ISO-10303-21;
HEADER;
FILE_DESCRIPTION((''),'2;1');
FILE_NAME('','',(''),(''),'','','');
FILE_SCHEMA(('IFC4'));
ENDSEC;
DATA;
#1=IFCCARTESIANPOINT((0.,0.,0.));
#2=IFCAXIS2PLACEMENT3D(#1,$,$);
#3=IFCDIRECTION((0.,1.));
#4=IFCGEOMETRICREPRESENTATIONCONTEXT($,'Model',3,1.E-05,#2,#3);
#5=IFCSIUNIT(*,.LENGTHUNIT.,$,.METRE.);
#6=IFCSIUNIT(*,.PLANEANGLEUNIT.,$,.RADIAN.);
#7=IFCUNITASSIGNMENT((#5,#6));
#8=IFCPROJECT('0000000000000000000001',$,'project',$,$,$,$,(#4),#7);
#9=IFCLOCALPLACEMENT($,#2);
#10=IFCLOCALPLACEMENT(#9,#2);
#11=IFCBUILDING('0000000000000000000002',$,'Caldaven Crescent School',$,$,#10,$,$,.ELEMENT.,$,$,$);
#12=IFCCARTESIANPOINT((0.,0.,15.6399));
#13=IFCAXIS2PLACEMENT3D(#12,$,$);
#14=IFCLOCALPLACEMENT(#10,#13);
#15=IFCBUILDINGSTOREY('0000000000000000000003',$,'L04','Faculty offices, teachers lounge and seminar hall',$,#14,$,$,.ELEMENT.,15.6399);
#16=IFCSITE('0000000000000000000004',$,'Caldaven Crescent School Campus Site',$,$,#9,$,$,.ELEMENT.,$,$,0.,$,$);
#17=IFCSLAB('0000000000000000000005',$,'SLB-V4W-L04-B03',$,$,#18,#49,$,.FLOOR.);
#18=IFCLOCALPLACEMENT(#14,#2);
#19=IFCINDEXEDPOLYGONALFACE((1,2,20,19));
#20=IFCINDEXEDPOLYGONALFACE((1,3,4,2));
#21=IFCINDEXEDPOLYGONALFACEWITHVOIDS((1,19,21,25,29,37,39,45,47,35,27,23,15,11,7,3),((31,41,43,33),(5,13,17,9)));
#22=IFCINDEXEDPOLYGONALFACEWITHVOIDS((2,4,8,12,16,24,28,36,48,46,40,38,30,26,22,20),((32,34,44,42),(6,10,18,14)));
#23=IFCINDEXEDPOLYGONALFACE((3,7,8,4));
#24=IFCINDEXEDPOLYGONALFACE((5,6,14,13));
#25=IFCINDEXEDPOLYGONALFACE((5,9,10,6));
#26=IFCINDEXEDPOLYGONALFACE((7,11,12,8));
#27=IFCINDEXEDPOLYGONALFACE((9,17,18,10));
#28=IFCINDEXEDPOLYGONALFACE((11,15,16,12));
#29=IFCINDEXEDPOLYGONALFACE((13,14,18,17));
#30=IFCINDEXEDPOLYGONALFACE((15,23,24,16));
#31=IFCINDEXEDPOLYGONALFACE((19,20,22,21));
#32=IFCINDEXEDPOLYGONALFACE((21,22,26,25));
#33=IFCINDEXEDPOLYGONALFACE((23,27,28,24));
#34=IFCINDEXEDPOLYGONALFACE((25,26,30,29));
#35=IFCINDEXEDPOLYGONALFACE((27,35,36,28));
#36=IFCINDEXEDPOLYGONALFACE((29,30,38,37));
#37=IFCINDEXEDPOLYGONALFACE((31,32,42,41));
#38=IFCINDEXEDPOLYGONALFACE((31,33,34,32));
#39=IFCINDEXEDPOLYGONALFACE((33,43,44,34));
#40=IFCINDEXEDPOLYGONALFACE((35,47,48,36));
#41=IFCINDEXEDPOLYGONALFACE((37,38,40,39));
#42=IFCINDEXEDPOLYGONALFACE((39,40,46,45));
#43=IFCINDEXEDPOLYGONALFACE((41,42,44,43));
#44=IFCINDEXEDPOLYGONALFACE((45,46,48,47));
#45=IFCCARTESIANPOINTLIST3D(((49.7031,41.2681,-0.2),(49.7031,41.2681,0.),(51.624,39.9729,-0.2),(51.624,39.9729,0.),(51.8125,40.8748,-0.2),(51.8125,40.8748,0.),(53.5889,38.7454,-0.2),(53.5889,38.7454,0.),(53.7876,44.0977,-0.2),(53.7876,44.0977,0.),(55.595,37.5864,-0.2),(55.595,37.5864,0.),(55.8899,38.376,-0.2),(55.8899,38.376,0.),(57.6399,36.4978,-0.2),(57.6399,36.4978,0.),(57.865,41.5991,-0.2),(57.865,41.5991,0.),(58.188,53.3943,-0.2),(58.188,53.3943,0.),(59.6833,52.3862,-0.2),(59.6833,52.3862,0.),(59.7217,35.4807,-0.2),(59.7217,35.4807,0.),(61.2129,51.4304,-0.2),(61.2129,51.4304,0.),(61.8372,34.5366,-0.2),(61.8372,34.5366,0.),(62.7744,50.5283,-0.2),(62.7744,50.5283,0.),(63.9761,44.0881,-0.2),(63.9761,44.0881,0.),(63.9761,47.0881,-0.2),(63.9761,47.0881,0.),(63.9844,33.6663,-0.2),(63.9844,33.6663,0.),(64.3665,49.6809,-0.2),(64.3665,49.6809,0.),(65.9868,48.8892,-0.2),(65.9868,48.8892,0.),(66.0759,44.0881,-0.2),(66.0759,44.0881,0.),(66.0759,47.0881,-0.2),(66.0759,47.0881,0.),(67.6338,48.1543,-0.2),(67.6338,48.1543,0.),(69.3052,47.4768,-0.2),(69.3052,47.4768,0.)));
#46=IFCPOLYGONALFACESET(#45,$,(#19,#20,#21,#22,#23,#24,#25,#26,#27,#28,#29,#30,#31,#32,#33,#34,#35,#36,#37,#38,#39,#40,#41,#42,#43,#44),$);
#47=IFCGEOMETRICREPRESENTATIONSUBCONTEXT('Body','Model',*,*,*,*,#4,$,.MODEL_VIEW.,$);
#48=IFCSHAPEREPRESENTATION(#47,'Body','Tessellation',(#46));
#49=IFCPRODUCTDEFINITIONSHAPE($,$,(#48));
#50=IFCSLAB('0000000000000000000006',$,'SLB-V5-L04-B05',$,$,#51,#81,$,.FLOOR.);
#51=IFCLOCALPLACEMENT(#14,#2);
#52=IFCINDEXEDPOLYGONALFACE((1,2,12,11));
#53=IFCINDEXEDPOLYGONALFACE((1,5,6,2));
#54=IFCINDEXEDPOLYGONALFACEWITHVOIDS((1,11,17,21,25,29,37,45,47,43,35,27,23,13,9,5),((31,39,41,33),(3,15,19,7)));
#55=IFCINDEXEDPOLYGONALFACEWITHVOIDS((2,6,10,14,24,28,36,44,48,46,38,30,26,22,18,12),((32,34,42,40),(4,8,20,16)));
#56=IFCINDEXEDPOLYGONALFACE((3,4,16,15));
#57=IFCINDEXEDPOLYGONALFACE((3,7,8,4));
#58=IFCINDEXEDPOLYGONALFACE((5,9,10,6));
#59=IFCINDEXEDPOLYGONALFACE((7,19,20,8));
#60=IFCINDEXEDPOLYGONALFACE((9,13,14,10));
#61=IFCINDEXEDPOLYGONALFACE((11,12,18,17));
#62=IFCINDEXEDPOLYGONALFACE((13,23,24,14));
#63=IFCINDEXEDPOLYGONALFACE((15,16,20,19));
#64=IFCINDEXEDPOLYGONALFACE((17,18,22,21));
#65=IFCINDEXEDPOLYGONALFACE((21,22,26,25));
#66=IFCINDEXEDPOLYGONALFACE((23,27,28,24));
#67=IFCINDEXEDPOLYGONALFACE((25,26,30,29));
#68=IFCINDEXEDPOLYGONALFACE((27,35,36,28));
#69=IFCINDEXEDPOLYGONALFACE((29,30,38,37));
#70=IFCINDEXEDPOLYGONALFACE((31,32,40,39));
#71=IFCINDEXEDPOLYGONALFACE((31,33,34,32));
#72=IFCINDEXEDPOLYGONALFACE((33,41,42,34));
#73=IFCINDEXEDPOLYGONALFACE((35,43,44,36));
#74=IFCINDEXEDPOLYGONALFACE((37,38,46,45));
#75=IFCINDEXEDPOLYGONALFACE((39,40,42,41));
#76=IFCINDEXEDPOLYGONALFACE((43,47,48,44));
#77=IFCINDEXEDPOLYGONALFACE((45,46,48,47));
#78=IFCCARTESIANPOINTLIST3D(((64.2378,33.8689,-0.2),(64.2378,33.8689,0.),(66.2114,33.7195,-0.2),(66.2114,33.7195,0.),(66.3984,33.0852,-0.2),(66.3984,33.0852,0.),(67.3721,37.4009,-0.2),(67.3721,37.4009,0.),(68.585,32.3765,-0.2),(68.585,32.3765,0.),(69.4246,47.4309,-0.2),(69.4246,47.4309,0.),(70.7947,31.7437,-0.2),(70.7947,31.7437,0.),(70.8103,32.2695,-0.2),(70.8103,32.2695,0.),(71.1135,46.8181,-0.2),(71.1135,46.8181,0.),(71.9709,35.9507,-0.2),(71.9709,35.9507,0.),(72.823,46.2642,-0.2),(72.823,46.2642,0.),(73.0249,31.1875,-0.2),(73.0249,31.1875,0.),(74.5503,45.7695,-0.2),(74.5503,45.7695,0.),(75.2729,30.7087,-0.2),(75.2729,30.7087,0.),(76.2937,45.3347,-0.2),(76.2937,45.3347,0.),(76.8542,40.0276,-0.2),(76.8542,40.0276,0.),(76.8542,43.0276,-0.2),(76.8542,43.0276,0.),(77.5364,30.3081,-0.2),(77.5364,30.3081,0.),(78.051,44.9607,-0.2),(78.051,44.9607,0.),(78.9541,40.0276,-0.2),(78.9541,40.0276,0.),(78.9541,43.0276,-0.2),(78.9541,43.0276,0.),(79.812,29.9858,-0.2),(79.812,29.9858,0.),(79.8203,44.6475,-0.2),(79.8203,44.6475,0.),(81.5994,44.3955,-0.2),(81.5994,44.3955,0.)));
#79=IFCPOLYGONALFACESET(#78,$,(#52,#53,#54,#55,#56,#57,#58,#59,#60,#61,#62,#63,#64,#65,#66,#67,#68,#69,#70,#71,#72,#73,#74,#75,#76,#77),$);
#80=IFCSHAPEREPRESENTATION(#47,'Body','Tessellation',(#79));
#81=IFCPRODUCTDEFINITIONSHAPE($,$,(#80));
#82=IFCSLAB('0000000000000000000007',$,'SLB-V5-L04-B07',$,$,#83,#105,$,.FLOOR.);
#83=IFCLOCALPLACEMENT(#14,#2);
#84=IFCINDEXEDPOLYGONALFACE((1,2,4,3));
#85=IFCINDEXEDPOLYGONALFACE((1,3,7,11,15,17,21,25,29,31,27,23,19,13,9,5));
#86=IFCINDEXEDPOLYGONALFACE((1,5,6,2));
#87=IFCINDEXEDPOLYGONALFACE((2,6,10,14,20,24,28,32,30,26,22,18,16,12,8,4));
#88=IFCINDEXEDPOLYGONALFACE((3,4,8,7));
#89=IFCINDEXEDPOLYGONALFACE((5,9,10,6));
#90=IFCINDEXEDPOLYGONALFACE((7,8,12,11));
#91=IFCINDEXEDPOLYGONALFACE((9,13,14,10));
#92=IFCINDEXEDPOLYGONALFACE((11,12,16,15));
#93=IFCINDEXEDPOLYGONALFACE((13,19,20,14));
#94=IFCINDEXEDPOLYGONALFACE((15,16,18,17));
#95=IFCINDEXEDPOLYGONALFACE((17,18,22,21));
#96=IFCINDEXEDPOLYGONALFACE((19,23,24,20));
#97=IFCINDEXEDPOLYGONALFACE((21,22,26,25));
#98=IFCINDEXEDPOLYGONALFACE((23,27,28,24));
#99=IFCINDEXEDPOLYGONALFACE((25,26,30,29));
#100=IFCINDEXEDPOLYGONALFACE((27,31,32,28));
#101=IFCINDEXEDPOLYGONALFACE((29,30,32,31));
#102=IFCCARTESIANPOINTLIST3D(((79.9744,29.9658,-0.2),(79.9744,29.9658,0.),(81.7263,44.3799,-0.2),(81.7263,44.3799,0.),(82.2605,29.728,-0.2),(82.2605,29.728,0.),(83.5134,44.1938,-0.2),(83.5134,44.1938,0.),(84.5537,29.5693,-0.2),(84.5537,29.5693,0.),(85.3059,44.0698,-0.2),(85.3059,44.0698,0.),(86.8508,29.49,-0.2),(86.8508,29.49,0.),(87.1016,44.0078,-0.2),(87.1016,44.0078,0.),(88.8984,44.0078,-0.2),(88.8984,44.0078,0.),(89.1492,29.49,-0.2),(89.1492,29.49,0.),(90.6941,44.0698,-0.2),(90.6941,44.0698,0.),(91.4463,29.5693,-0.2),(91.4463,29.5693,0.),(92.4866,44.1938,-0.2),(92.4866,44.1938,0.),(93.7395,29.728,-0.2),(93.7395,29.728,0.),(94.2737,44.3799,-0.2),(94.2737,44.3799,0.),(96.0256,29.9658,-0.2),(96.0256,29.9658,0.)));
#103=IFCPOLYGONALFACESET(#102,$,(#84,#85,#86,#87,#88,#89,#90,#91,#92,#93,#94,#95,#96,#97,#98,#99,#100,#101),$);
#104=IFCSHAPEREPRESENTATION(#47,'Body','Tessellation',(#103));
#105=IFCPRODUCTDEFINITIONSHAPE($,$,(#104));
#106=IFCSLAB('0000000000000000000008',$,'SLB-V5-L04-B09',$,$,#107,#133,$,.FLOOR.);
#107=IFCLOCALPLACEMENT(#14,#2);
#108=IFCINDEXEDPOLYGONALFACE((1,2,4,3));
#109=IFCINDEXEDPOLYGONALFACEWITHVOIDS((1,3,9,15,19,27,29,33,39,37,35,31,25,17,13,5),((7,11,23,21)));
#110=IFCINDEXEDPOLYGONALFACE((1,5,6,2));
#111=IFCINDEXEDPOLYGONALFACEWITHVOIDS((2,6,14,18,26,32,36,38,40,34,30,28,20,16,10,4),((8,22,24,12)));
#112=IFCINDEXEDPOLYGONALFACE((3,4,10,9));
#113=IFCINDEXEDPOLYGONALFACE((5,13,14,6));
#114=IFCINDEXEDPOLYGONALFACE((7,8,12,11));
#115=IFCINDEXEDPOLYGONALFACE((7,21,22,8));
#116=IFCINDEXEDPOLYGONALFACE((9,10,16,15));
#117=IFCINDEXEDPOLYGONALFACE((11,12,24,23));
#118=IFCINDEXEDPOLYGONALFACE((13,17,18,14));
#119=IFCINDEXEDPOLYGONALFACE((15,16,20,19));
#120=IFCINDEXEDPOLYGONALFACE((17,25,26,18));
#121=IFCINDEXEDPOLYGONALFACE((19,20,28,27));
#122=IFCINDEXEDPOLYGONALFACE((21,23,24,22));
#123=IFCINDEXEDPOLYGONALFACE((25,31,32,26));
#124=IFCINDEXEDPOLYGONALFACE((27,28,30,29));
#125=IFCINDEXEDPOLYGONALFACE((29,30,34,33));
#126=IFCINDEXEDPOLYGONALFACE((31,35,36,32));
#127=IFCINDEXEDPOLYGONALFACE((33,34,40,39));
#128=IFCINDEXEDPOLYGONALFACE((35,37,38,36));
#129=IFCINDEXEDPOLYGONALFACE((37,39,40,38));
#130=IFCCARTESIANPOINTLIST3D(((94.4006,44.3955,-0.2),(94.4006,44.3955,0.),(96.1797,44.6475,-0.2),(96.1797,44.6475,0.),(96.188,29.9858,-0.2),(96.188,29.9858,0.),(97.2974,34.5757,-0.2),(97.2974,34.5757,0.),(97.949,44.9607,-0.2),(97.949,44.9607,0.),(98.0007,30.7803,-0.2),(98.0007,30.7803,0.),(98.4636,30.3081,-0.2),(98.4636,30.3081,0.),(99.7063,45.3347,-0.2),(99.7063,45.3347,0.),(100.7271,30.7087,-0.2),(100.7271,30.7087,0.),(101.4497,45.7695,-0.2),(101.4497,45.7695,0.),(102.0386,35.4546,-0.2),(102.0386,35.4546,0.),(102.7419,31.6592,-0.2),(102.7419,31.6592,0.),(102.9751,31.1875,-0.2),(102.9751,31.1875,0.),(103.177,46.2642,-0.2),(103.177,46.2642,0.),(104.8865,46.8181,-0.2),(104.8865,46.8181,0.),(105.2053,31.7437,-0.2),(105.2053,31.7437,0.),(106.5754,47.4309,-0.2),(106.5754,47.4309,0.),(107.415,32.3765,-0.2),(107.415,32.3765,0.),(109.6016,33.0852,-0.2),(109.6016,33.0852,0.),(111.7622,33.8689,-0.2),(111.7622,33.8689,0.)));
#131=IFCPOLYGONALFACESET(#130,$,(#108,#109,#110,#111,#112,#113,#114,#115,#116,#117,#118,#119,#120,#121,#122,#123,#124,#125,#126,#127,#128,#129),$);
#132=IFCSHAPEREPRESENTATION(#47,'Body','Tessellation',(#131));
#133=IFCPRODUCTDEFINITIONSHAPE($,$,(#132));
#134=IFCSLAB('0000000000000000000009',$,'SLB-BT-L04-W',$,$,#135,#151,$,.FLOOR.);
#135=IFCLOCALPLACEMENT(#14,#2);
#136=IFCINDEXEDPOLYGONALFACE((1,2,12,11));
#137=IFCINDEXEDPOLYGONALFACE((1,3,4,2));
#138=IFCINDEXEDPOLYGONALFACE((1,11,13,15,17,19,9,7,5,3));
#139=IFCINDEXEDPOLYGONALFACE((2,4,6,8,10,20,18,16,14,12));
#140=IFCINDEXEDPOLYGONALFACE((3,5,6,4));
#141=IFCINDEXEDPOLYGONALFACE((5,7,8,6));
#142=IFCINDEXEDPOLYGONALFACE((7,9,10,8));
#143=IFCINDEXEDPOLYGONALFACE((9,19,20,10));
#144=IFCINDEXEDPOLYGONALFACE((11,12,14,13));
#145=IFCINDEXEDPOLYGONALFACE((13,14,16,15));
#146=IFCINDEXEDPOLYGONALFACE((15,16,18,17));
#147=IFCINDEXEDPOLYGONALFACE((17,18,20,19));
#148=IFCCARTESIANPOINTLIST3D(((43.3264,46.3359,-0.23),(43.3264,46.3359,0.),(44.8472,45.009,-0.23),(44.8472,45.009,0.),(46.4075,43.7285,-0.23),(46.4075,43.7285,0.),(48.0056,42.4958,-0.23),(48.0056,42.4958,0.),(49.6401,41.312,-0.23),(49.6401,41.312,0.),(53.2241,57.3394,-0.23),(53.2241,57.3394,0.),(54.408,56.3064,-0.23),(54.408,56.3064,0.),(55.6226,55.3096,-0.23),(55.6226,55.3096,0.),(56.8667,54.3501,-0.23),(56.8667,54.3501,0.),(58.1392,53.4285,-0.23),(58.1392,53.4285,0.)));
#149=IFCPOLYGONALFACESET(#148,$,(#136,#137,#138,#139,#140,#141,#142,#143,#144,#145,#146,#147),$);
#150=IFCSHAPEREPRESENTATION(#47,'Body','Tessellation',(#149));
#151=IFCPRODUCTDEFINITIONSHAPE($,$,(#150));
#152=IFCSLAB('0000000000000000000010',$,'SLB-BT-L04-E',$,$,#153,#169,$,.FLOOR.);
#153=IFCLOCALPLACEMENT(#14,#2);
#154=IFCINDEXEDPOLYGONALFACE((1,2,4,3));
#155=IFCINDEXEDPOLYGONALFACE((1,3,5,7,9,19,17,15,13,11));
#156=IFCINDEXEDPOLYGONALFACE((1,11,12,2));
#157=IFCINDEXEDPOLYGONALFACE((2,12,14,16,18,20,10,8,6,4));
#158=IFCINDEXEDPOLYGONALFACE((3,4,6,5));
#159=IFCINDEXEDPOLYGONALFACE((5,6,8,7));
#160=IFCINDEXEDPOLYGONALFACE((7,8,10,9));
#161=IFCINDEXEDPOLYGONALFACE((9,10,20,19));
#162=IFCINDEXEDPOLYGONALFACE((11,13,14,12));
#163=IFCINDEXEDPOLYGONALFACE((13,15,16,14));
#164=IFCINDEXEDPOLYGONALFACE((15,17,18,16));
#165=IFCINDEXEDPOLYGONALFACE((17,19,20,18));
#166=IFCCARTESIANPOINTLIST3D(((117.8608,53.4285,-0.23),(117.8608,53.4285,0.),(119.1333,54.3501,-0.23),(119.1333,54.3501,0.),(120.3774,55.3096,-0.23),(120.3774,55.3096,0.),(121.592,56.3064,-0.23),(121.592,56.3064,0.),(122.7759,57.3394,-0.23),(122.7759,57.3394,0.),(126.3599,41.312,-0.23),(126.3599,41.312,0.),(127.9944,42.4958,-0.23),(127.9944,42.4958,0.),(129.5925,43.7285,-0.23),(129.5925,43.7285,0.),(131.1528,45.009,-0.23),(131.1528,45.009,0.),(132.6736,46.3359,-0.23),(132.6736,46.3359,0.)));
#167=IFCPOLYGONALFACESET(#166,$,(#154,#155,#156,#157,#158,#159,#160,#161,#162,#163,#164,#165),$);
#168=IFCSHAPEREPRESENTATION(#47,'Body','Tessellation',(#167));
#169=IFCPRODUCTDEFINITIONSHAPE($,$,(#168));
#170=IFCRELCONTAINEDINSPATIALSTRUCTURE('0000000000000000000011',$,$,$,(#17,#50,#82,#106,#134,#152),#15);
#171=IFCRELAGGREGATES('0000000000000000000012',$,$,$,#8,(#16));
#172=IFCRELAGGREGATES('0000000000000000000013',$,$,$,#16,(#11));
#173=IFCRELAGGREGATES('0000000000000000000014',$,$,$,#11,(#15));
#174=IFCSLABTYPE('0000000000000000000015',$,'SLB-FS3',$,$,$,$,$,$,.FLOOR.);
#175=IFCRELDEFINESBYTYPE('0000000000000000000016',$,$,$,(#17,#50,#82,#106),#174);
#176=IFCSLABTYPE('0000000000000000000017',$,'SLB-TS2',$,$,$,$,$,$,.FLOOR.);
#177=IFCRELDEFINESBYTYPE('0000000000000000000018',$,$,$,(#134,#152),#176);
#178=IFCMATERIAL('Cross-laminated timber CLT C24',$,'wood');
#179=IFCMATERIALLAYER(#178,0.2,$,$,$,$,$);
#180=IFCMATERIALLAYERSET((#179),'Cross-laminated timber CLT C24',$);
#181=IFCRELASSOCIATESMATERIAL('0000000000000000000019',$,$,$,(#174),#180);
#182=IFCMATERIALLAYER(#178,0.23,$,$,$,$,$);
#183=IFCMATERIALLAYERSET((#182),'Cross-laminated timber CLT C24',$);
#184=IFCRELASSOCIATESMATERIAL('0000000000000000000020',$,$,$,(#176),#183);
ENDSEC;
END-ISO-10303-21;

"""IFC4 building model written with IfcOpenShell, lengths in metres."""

from ifc_helpers import new_model, si_unit, direction, frame, origin, place, context, subcontext, project, spatial, polyline, outline, extrude, material, layer, layer_set, type_object, element, save


model = new_model("IFC4")

# Units and contexts
model_context = context("Model", 3, precision=1e-05, world=origin(), true_north=direction((0.0, 1.0)))
body_context = subcontext(model_context, "Body", "Model", "MODEL_VIEW")
ifc_project = project(units=[si_unit("LENGTHUNIT", "METRE"), si_unit("PLANEANGLEUNIT", "RADIAN")], contexts=[model_context])

# Site, building, storey
site_placement = place(None, origin())
site = spatial("IfcSite", under=ifc_project, at=site_placement, Name="Caldaven Crescent School Campus Site", CompositionType="ELEMENT", RefElevation=0.0)
building_placement = place(site_placement, origin())
building = spatial("IfcBuilding", under=site, at=building_placement, Name="Caldaven Crescent School", CompositionType="ELEMENT")
storey_placement = place(building_placement, frame((0.0, 0.0, 15.6399)))
storey = spatial("IfcBuildingStorey", under=building, at=storey_placement, Name="L04", Description="Faculty offices, teachers lounge and seminar hall", CompositionType="ELEMENT", Elevation=15.6399)

# Slabs
ifc_material_1 = material(Name="Cross-laminated timber CLT C24", Category="wood")
ifc_layer_1 = layer(ifc_material_1, 0.2)
ifc_layer_set_1 = layer_set([ifc_layer_1], Name="Cross-laminated timber CLT C24")
slab_type_1 = type_object("IfcSlabType", Name="SLB-FS3", PredefinedType="FLOOR", material=ifc_layer_set_1)
slab_1_placement = place(storey_placement, frame((0.0, 0.0, -0.2)))
element("IfcSlab", 1, at=slab_1_placement, inside=storey, type_object=slab_type_1, Name="SLB-V4W-L04-B03", PredefinedType="FLOOR", context=body_context, shape_type="SweptSolid", body=[
    extrude(outline(polyline([(49.7031, 41.2681), (51.624, 39.9729), (53.5889, 38.7454), (55.595, 37.5864), (57.6399, 36.4978), (59.7217, 35.4807), (61.8372, 34.5366), (63.9844, 33.6663), (69.3052, 47.4768), (67.6338, 48.1543), (65.9868, 48.8892), (64.3665, 49.6809), (62.7744, 50.5283), (61.2129, 51.4304), (59.6833, 52.3862), (58.188, 53.3943), (49.7031, 41.2681)]), holes=[polyline([(63.9761, 44.0881), (63.9761, 47.0881), (66.0759, 47.0881), (66.0759, 44.0881), (63.9761, 44.0881)]), polyline([(51.8125, 40.8748), (53.7876, 44.0977), (57.865, 41.5991), (55.8899, 38.376), (51.8125, 40.8748)])]), origin(), (0.0, 0.0, 1.0), 0.2),
])
slab_2_placement = place(storey_placement, frame((0.0, 0.0, -0.2)))
element("IfcSlab", 2, at=slab_2_placement, inside=storey, type_object=slab_type_1, Name="SLB-V5-L04-B05", PredefinedType="FLOOR", context=body_context, shape_type="SweptSolid", body=[
    extrude(outline(polyline([(64.2378, 33.8689), (66.3984, 33.0852), (68.585, 32.3765), (70.7947, 31.7437), (73.0249, 31.1875), (75.2729, 30.7087), (77.5364, 30.3081), (79.812, 29.9858), (81.5994, 44.3955), (79.8203, 44.6475), (78.051, 44.9607), (76.2937, 45.3347), (74.5503, 45.7695), (72.823, 46.2642), (71.1135, 46.8181), (69.4246, 47.4309), (64.2378, 33.8689)]), holes=[polyline([(76.8542, 40.0276), (76.8542, 43.0276), (78.9541, 43.0276), (78.9541, 40.0276), (76.8542, 40.0276)]), polyline([(66.2114, 33.7195), (67.3721, 37.4009), (71.9709, 35.9507), (70.8103, 32.2695), (66.2114, 33.7195)])]), origin(), (0.0, 0.0, 1.0), 0.2),
])
slab_3_placement = place(storey_placement, frame((0.0, 0.0, -0.2)))
element("IfcSlab", 3, at=slab_3_placement, inside=storey, type_object=slab_type_1, Name="SLB-V5-L04-B07", PredefinedType="FLOOR", context=body_context, shape_type="SweptSolid", body=[
    extrude(outline(polyline([(79.9744, 29.9658), (82.2605, 29.728), (84.5537, 29.5693), (86.8508, 29.49), (89.1492, 29.49), (91.4463, 29.5693), (93.7395, 29.728), (96.0256, 29.9658), (94.2737, 44.3799), (92.4866, 44.1938), (90.6941, 44.0698), (88.8984, 44.0078), (87.1016, 44.0078), (85.3059, 44.0698), (83.5134, 44.1938), (81.7263, 44.3799), (79.9744, 29.9658)])), origin(), (0.0, 0.0, 1.0), 0.2),
])
slab_4_placement = place(storey_placement, frame((0.0, 0.0, -0.2)))
element("IfcSlab", 4, at=slab_4_placement, inside=storey, type_object=slab_type_1, Name="SLB-V5-L04-B09", PredefinedType="FLOOR", context=body_context, shape_type="SweptSolid", body=[
    extrude(outline(polyline([(96.188, 29.9858), (98.4636, 30.3081), (100.7271, 30.7087), (102.9751, 31.1875), (105.2053, 31.7437), (107.415, 32.3765), (109.6016, 33.0852), (111.7622, 33.8689), (106.5754, 47.4309), (104.8865, 46.8181), (103.177, 46.2642), (101.4497, 45.7695), (99.7063, 45.3347), (97.949, 44.9607), (96.1797, 44.6475), (94.4006, 44.3955), (96.188, 29.9858)]), holes=[polyline([(98.0007, 30.7803), (97.2974, 34.5757), (102.0386, 35.4546), (102.7419, 31.6592), (98.0007, 30.7803)])]), origin(), (0.0, 0.0, 1.0), 0.2),
])
ifc_layer_2 = layer(ifc_material_1, 0.23)
ifc_layer_set_2 = layer_set([ifc_layer_2], Name="Cross-laminated timber CLT C24")
slab_type_2 = type_object("IfcSlabType", Name="SLB-TS2", PredefinedType="FLOOR", material=ifc_layer_set_2)
slab_5_placement = place(storey_placement, frame((0.0, 0.0, -0.23)))
element("IfcSlab", 5, at=slab_5_placement, inside=storey, type_object=slab_type_2, Name="SLB-BT-L04-W", PredefinedType="FLOOR", context=body_context, shape_type="SweptSolid", body=[
    extrude(outline(polyline([(43.3264, 46.3359), (44.8472, 45.009), (46.4075, 43.7285), (48.0056, 42.4958), (49.6401, 41.312), (58.1392, 53.4285), (56.8667, 54.3501), (55.6226, 55.3096), (54.408, 56.3064), (53.2241, 57.3394), (43.3264, 46.3359)])), origin(), (0.0, 0.0, 1.0), 0.23),
])
slab_6_placement = place(storey_placement, frame((0.0, 0.0, -0.23)))
element("IfcSlab", 6, at=slab_6_placement, inside=storey, type_object=slab_type_2, Name="SLB-BT-L04-E", PredefinedType="FLOOR", context=body_context, shape_type="SweptSolid", body=[
    extrude(outline(polyline([(126.3599, 41.312), (127.9944, 42.4958), (129.5925, 43.7285), (131.1528, 45.009), (132.6736, 46.3359), (122.7759, 57.3394), (121.592, 56.3064), (120.3774, 55.3096), (119.1333, 54.3501), (117.8608, 53.4285), (126.3599, 41.312)])), origin(), (0.0, 0.0, 1.0), 0.23),
])

save(model, "model.ifc")
